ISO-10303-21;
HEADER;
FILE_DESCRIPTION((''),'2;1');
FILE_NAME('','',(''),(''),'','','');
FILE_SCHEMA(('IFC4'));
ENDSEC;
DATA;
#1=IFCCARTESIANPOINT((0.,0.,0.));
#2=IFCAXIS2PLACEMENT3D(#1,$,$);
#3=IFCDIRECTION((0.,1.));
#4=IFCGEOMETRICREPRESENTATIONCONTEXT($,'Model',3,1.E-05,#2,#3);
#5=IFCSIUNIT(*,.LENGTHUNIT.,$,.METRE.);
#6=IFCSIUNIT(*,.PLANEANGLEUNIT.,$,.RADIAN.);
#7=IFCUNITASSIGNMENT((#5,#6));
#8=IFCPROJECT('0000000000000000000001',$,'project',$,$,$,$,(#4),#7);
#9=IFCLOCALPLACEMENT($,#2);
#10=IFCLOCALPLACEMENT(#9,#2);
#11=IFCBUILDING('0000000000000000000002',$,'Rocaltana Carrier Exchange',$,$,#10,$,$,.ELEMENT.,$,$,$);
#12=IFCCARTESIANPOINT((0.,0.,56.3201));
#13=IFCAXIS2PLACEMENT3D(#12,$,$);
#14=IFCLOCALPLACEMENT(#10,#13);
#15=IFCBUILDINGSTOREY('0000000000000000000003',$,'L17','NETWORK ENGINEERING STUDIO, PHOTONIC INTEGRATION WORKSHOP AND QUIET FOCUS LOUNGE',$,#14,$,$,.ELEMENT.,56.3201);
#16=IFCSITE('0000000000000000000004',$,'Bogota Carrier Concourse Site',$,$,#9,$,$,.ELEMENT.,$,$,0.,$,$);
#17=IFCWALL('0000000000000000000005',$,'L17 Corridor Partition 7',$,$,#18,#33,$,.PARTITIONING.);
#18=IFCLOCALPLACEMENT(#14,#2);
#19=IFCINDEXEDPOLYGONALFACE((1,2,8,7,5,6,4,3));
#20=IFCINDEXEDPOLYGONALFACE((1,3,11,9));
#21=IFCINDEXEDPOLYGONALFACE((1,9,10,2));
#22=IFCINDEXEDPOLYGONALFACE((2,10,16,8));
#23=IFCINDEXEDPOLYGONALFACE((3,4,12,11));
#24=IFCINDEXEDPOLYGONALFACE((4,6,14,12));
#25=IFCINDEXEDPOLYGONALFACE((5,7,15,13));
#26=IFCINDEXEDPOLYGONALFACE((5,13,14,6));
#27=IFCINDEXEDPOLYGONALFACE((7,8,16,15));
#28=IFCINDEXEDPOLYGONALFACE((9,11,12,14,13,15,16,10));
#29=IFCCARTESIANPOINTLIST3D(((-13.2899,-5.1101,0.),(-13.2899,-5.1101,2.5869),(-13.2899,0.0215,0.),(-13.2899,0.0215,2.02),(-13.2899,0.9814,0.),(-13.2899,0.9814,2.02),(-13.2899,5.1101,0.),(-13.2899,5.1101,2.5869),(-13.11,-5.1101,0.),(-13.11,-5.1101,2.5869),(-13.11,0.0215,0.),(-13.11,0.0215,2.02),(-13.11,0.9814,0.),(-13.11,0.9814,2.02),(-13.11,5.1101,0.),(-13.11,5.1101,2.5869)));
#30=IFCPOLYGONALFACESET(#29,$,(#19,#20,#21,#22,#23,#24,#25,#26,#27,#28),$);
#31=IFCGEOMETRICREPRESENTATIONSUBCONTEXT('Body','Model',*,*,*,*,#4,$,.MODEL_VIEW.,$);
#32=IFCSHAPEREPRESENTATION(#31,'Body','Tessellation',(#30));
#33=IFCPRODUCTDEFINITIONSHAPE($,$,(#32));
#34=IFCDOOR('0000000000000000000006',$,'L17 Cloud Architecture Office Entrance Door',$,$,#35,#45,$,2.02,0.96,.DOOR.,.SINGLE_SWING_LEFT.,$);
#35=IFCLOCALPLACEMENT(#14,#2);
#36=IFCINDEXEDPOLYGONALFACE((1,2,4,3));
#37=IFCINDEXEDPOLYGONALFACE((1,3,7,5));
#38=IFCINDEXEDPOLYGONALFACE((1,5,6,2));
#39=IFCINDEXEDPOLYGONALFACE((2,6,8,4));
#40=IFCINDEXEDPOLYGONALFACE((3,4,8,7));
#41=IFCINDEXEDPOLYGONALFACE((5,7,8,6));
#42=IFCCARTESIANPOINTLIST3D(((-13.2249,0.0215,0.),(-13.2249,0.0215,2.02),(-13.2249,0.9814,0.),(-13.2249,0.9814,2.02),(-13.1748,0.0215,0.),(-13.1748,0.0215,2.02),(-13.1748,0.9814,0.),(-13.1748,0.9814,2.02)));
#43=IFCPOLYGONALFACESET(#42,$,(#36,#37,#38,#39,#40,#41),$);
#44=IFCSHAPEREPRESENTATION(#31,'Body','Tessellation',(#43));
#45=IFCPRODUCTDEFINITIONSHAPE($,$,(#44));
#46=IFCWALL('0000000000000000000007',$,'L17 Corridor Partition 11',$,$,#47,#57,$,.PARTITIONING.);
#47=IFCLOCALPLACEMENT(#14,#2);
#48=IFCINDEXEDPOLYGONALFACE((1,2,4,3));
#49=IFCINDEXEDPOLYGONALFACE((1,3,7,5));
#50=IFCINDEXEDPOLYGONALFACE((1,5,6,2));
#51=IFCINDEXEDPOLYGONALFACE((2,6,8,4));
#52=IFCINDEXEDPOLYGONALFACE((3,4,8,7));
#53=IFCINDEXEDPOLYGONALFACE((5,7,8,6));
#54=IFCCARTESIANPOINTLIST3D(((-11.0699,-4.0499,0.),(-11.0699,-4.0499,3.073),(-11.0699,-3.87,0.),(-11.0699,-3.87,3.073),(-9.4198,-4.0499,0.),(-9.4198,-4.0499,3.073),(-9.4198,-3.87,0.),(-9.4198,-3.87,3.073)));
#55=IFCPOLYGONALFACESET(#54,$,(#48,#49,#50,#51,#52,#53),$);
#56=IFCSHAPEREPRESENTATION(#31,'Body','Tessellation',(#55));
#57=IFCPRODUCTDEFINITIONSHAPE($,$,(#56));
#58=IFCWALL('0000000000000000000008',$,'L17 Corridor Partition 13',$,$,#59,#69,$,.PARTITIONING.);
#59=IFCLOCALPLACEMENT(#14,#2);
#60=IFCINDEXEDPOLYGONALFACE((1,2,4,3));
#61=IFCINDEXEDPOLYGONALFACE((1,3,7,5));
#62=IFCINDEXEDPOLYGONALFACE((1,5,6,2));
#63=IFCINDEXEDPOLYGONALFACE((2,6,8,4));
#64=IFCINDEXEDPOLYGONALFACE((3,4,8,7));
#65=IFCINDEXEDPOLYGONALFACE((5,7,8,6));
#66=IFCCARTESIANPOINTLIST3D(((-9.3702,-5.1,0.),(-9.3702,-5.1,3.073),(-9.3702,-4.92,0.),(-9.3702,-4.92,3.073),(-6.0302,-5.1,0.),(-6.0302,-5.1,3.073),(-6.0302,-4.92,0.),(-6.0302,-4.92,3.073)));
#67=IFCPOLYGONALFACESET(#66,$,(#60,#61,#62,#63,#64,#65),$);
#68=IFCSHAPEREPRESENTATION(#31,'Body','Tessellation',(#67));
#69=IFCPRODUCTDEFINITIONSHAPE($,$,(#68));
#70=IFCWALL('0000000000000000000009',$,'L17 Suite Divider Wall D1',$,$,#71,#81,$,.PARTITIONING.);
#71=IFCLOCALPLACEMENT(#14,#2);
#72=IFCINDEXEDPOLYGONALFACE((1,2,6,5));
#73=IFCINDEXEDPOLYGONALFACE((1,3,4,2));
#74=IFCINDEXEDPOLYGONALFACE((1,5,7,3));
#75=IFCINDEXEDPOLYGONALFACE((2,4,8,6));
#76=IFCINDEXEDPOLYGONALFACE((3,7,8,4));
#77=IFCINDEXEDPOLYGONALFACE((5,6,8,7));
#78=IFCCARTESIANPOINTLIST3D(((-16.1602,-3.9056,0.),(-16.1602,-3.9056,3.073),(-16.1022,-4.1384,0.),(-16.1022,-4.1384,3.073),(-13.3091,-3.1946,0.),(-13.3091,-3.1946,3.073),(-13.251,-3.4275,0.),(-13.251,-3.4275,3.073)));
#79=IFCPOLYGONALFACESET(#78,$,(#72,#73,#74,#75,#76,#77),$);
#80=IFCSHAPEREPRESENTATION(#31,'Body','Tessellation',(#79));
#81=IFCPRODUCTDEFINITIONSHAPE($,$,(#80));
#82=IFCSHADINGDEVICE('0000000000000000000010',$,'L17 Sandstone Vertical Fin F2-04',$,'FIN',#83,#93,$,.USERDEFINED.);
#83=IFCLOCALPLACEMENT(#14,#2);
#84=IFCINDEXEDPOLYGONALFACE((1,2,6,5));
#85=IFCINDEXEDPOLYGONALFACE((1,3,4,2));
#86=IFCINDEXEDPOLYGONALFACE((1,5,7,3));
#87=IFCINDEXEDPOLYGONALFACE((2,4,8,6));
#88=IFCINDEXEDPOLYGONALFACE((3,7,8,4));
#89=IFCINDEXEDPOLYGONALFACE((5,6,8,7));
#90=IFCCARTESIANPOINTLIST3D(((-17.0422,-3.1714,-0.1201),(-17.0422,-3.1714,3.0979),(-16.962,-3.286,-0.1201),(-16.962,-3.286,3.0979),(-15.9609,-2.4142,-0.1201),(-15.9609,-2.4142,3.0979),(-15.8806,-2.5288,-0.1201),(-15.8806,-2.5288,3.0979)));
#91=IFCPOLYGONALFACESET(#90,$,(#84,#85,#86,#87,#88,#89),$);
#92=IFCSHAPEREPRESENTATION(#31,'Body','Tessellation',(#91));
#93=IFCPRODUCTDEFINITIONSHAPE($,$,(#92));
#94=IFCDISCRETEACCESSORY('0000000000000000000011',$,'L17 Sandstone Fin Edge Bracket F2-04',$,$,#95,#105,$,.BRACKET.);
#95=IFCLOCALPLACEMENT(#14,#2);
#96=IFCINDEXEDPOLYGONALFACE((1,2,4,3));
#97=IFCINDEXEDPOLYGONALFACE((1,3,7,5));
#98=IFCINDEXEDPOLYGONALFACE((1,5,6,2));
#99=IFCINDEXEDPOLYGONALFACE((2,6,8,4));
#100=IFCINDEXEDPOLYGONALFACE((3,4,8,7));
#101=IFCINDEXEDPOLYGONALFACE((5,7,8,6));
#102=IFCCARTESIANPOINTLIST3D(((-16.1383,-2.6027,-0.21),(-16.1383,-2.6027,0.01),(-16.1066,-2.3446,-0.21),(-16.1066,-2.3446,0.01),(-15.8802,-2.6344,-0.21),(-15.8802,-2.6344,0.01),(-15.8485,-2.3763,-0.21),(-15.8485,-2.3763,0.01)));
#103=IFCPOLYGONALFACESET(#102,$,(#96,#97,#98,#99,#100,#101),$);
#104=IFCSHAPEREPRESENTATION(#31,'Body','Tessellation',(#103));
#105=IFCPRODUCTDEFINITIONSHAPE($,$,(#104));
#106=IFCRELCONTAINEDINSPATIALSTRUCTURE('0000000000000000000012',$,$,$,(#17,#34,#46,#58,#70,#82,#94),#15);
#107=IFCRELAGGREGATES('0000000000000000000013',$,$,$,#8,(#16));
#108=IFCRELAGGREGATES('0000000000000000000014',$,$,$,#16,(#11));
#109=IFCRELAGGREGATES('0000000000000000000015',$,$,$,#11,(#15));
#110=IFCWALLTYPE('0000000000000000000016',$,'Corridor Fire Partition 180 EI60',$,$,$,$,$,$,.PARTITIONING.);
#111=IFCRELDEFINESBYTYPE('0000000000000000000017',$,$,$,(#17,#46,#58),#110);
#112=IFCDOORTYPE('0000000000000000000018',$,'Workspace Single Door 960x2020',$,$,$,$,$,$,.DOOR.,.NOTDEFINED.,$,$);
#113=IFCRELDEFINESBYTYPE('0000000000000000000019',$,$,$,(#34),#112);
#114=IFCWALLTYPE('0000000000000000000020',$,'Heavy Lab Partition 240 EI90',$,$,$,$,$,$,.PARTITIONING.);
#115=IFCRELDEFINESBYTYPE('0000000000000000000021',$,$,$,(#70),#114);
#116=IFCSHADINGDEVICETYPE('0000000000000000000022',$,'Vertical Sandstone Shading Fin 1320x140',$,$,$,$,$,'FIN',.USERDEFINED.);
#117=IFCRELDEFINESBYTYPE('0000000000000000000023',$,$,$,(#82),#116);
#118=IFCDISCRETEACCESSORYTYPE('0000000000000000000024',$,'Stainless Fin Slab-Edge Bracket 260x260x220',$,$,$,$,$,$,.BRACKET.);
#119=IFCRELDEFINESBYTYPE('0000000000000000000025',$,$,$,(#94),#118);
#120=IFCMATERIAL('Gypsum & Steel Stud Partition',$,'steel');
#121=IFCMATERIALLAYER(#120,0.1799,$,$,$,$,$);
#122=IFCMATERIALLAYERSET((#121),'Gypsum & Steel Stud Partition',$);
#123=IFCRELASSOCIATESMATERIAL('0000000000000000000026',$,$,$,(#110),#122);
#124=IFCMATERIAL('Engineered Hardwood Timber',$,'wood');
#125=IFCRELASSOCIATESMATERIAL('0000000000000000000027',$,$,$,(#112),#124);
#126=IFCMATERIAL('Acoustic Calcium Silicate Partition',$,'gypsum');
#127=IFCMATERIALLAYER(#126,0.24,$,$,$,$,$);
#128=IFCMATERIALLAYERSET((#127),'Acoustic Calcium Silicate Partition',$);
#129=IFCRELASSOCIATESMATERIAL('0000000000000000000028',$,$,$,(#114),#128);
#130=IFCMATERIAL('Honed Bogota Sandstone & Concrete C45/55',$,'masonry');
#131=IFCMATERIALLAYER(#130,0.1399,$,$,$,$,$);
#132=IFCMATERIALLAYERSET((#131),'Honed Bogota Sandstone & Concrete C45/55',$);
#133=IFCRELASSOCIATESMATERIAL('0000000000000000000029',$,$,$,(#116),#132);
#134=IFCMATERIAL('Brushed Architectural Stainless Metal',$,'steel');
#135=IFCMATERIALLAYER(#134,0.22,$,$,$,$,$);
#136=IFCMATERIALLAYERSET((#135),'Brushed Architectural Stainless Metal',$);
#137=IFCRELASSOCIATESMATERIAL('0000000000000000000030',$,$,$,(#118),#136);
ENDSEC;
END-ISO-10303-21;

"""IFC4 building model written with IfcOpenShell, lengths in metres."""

from ifc_helpers import new_model, si_unit, direction, frame, frame_2d, origin, origin_2d, place, context, subcontext, project, spatial, rectangle, extrude, material, layer, layer_set, type_object, element, fill, save


model = new_model("IFC4")

# Units and contexts
model_context = context("Model", 3, precision=1e-05, world=origin(), true_north=direction((0.0, 1.0)))
body_context = subcontext(model_context, "Body", "Model", "MODEL_VIEW")
ifc_project = project(units=[si_unit("LENGTHUNIT", "METRE"), si_unit("PLANEANGLEUNIT", "RADIAN")], contexts=[model_context])

# Site, building, storey
site_placement = place(None, origin())
site = spatial("IfcSite", under=ifc_project, at=site_placement, Name="Bogota Carrier Concourse Site", CompositionType="ELEMENT", RefElevation=0.0)
building_placement = place(site_placement, origin())
building = spatial("IfcBuilding", under=site, at=building_placement, Name="Rocaltana Carrier Exchange", CompositionType="ELEMENT")
storey_placement = place(building_placement, frame((0.0, 0.0, 56.3201)))
storey = spatial("IfcBuildingStorey", under=building, at=storey_placement, Name="L17", Description="NETWORK ENGINEERING STUDIO, PHOTONIC INTEGRATION WORKSHOP AND QUIET FOCUS LOUNGE", CompositionType="ELEMENT", Elevation=56.3201)

# Wall, opening, door
ifc_material_1 = material(Name="Gypsum & Steel Stud Partition", Category="steel")
ifc_layer_1 = layer(ifc_material_1, 0.1799)
ifc_layer_set_1 = layer_set([ifc_layer_1], Name="Gypsum & Steel Stud Partition")
wall_type_1 = type_object("IfcWallType", Name="Corridor Fire Partition 180 EI60", PredefinedType="PARTITIONING", material=ifc_layer_set_1)
wall_1_placement = place(storey_placement, frame((-13.2, -5.1101, 0.0), z_axis=(0.0, 0.0, 1.0), x_axis=(0.0, 1.0, 0.0)))
wall_1 = element("IfcWall", 1, at=wall_1_placement, inside=storey, type_object=wall_type_1, Name="L17 Corridor Partition 7", PredefinedType="PARTITIONING", context=body_context, shape_type="SweptSolid", body=[
    extrude(rectangle(XDim=10.2202, YDim=0.1799, at=frame_2d((5.1101, 0.0))), origin(), (0.0, 0.0, 1.0), 2.5869),
])
opening_placement = place(wall_1_placement, frame((5.1316, 0.0, 0.0)))
opening = element("IfcOpeningElement", 2, at=opening_placement, cuts=wall_1, PredefinedType="OPENING", context=body_context, shape_type="SweptSolid", body=[
    extrude(rectangle(XDim=0.96, YDim=2.02, at=frame_2d((0.48, 1.01))), frame((0.0, 0.0999, 0.0), z_axis=(0.0, -1.0, 0.0), x_axis=(1.0, 0.0, 0.0)), (0.0, 0.0, 1.0), 0.2),
])
ifc_material_2 = material(Name="Engineered Hardwood Timber", Category="wood")
door_type = type_object("IfcDoorType", Name="Workspace Single Door 960x2020", OperationType="NOTDEFINED", PredefinedType="DOOR", material=ifc_material_2)
door_placement = place(opening_placement, origin())
door = element("IfcDoor", 3, at=door_placement, inside=storey, type_object=door_type, Name="L17 Cloud Architecture Office Entrance Door", OperationType="SINGLE_SWING_LEFT", OverallHeight=2.02, OverallWidth=0.96, PredefinedType="DOOR", context=body_context, shape_type="SweptSolid", body=[
    extrude(rectangle(XDim=0.96, YDim=2.02, at=frame_2d((0.48, 1.01))), frame((0.0, 0.0249, 0.0), z_axis=(0.0, -1.0, 0.0), x_axis=(1.0, 0.0, 0.0)), (0.0, 0.0, 1.0), 0.05),
])
fill(opening, door)

# Walls
wall_2_placement = place(storey_placement, frame((-11.0701, -3.96, 0.0), z_axis=(0.0, 0.0, 1.0), x_axis=(1.0, 0.0, 0.0)))
element("IfcWall", 4, at=wall_2_placement, inside=storey, type_object=wall_type_1, Name="L17 Corridor Partition 11", PredefinedType="PARTITIONING", context=body_context, shape_type="SweptSolid", body=[
    extrude(rectangle(XDim=1.6501, YDim=0.1799, at=frame_2d((0.8252, 0.0))), origin(), (0.0, 0.0, 1.0), 3.073),
])
wall_3_placement = place(storey_placement, frame((-9.3701, -5.01, 0.0), z_axis=(0.0, 0.0, 1.0), x_axis=(1.0, 0.0, 0.0)))
element("IfcWall", 5, at=wall_3_placement, inside=storey, type_object=wall_type_1, Name="L17 Corridor Partition 13", PredefinedType="PARTITIONING", context=body_context, shape_type="SweptSolid", body=[
    extrude(rectangle(XDim=3.3401, YDim=0.1799, at=frame_2d((1.6699, 0.0))), origin(), (0.0, 0.0, 1.0), 3.073),
])
ifc_material_3 = material(Name="Acoustic Calcium Silicate Partition", Category="gypsum")
ifc_layer_2 = layer(ifc_material_3, 0.24)
ifc_layer_set_2 = layer_set([ifc_layer_2], Name="Acoustic Calcium Silicate Partition")
wall_type_2 = type_object("IfcWallType", Name="Heavy Lab Partition 240 EI90", PredefinedType="PARTITIONING", material=ifc_layer_set_2)
wall_4_placement = place(storey_placement, frame((-13.28, -3.311, 0.0), z_axis=(0.0, 0.0, 1.0), x_axis=(-0.970289, -0.241949, 0.0)))
element("IfcWall", 6, at=wall_4_placement, inside=storey, type_object=wall_type_2, Name="L17 Suite Divider Wall D1", PredefinedType="PARTITIONING", context=body_context, shape_type="SweptSolid", body=[
    extrude(rectangle(XDim=2.9385, YDim=0.24, at=frame_2d((1.4692, 0.0))), origin(), (0.0, 0.0, 1.0), 3.073),
])

# Shading device
ifc_material_4 = material(Name="Honed Bogota Sandstone & Concrete C45/55", Category="masonry")
ifc_layer_3 = layer(ifc_material_4, 0.1399)
ifc_layer_set_3 = layer_set([ifc_layer_3], Name="Honed Bogota Sandstone & Concrete C45/55")
shading_device_type = type_object("IfcShadingDeviceType", Name="Vertical Sandstone Shading Fin 1320x140", ElementType="FIN", PredefinedType="USERDEFINED", material=ifc_layer_set_3)
shading_device_placement = place(storey_placement, frame((-16.4614, -2.8501, -0.1201), z_axis=(0.0, 0.0, 1.0), x_axis=(-0.819152, -0.573576, 0.0)))
element("IfcShadingDevice", 7, at=shading_device_placement, inside=storey, type_object=shading_device_type, Name="L17 Sandstone Vertical Fin F2-04", ObjectType="FIN", PredefinedType="USERDEFINED", context=body_context, shape_type="SweptSolid", body=[
    extrude(rectangle(XDim=1.3201, YDim=0.1399, at=origin_2d()), origin(), (0.0, 0.0, 1.0), 3.218),
])

# Discrete accessory
ifc_material_5 = material(Name="Brushed Architectural Stainless Metal", Category="steel")
ifc_layer_4 = layer(ifc_material_5, 0.22)
ifc_layer_set_4 = layer_set([ifc_layer_4], Name="Brushed Architectural Stainless Metal")
discrete_accessory_type = type_object("IfcDiscreteAccessoryType", Name="Stainless Fin Slab-Edge Bracket 260x260x220", PredefinedType="BRACKET", material=ifc_layer_set_4)
discrete_accessory_placement = place(storey_placement, frame((-15.9934, -2.4895, -0.21), z_axis=(0.0, 0.0, 1.0), x_axis=(-0.121869, -0.992546, 0.0)))
element("IfcDiscreteAccessory", 8, at=discrete_accessory_placement, inside=storey, type_object=discrete_accessory_type, Name="L17 Sandstone Fin Edge Bracket F2-04", PredefinedType="BRACKET", context=body_context, shape_type="SweptSolid", body=[
    extrude(rectangle(XDim=0.26, YDim=0.26, at=origin_2d()), origin(), (0.0, 0.0, 1.0), 0.22),
])

save(model, "model.ifc")
